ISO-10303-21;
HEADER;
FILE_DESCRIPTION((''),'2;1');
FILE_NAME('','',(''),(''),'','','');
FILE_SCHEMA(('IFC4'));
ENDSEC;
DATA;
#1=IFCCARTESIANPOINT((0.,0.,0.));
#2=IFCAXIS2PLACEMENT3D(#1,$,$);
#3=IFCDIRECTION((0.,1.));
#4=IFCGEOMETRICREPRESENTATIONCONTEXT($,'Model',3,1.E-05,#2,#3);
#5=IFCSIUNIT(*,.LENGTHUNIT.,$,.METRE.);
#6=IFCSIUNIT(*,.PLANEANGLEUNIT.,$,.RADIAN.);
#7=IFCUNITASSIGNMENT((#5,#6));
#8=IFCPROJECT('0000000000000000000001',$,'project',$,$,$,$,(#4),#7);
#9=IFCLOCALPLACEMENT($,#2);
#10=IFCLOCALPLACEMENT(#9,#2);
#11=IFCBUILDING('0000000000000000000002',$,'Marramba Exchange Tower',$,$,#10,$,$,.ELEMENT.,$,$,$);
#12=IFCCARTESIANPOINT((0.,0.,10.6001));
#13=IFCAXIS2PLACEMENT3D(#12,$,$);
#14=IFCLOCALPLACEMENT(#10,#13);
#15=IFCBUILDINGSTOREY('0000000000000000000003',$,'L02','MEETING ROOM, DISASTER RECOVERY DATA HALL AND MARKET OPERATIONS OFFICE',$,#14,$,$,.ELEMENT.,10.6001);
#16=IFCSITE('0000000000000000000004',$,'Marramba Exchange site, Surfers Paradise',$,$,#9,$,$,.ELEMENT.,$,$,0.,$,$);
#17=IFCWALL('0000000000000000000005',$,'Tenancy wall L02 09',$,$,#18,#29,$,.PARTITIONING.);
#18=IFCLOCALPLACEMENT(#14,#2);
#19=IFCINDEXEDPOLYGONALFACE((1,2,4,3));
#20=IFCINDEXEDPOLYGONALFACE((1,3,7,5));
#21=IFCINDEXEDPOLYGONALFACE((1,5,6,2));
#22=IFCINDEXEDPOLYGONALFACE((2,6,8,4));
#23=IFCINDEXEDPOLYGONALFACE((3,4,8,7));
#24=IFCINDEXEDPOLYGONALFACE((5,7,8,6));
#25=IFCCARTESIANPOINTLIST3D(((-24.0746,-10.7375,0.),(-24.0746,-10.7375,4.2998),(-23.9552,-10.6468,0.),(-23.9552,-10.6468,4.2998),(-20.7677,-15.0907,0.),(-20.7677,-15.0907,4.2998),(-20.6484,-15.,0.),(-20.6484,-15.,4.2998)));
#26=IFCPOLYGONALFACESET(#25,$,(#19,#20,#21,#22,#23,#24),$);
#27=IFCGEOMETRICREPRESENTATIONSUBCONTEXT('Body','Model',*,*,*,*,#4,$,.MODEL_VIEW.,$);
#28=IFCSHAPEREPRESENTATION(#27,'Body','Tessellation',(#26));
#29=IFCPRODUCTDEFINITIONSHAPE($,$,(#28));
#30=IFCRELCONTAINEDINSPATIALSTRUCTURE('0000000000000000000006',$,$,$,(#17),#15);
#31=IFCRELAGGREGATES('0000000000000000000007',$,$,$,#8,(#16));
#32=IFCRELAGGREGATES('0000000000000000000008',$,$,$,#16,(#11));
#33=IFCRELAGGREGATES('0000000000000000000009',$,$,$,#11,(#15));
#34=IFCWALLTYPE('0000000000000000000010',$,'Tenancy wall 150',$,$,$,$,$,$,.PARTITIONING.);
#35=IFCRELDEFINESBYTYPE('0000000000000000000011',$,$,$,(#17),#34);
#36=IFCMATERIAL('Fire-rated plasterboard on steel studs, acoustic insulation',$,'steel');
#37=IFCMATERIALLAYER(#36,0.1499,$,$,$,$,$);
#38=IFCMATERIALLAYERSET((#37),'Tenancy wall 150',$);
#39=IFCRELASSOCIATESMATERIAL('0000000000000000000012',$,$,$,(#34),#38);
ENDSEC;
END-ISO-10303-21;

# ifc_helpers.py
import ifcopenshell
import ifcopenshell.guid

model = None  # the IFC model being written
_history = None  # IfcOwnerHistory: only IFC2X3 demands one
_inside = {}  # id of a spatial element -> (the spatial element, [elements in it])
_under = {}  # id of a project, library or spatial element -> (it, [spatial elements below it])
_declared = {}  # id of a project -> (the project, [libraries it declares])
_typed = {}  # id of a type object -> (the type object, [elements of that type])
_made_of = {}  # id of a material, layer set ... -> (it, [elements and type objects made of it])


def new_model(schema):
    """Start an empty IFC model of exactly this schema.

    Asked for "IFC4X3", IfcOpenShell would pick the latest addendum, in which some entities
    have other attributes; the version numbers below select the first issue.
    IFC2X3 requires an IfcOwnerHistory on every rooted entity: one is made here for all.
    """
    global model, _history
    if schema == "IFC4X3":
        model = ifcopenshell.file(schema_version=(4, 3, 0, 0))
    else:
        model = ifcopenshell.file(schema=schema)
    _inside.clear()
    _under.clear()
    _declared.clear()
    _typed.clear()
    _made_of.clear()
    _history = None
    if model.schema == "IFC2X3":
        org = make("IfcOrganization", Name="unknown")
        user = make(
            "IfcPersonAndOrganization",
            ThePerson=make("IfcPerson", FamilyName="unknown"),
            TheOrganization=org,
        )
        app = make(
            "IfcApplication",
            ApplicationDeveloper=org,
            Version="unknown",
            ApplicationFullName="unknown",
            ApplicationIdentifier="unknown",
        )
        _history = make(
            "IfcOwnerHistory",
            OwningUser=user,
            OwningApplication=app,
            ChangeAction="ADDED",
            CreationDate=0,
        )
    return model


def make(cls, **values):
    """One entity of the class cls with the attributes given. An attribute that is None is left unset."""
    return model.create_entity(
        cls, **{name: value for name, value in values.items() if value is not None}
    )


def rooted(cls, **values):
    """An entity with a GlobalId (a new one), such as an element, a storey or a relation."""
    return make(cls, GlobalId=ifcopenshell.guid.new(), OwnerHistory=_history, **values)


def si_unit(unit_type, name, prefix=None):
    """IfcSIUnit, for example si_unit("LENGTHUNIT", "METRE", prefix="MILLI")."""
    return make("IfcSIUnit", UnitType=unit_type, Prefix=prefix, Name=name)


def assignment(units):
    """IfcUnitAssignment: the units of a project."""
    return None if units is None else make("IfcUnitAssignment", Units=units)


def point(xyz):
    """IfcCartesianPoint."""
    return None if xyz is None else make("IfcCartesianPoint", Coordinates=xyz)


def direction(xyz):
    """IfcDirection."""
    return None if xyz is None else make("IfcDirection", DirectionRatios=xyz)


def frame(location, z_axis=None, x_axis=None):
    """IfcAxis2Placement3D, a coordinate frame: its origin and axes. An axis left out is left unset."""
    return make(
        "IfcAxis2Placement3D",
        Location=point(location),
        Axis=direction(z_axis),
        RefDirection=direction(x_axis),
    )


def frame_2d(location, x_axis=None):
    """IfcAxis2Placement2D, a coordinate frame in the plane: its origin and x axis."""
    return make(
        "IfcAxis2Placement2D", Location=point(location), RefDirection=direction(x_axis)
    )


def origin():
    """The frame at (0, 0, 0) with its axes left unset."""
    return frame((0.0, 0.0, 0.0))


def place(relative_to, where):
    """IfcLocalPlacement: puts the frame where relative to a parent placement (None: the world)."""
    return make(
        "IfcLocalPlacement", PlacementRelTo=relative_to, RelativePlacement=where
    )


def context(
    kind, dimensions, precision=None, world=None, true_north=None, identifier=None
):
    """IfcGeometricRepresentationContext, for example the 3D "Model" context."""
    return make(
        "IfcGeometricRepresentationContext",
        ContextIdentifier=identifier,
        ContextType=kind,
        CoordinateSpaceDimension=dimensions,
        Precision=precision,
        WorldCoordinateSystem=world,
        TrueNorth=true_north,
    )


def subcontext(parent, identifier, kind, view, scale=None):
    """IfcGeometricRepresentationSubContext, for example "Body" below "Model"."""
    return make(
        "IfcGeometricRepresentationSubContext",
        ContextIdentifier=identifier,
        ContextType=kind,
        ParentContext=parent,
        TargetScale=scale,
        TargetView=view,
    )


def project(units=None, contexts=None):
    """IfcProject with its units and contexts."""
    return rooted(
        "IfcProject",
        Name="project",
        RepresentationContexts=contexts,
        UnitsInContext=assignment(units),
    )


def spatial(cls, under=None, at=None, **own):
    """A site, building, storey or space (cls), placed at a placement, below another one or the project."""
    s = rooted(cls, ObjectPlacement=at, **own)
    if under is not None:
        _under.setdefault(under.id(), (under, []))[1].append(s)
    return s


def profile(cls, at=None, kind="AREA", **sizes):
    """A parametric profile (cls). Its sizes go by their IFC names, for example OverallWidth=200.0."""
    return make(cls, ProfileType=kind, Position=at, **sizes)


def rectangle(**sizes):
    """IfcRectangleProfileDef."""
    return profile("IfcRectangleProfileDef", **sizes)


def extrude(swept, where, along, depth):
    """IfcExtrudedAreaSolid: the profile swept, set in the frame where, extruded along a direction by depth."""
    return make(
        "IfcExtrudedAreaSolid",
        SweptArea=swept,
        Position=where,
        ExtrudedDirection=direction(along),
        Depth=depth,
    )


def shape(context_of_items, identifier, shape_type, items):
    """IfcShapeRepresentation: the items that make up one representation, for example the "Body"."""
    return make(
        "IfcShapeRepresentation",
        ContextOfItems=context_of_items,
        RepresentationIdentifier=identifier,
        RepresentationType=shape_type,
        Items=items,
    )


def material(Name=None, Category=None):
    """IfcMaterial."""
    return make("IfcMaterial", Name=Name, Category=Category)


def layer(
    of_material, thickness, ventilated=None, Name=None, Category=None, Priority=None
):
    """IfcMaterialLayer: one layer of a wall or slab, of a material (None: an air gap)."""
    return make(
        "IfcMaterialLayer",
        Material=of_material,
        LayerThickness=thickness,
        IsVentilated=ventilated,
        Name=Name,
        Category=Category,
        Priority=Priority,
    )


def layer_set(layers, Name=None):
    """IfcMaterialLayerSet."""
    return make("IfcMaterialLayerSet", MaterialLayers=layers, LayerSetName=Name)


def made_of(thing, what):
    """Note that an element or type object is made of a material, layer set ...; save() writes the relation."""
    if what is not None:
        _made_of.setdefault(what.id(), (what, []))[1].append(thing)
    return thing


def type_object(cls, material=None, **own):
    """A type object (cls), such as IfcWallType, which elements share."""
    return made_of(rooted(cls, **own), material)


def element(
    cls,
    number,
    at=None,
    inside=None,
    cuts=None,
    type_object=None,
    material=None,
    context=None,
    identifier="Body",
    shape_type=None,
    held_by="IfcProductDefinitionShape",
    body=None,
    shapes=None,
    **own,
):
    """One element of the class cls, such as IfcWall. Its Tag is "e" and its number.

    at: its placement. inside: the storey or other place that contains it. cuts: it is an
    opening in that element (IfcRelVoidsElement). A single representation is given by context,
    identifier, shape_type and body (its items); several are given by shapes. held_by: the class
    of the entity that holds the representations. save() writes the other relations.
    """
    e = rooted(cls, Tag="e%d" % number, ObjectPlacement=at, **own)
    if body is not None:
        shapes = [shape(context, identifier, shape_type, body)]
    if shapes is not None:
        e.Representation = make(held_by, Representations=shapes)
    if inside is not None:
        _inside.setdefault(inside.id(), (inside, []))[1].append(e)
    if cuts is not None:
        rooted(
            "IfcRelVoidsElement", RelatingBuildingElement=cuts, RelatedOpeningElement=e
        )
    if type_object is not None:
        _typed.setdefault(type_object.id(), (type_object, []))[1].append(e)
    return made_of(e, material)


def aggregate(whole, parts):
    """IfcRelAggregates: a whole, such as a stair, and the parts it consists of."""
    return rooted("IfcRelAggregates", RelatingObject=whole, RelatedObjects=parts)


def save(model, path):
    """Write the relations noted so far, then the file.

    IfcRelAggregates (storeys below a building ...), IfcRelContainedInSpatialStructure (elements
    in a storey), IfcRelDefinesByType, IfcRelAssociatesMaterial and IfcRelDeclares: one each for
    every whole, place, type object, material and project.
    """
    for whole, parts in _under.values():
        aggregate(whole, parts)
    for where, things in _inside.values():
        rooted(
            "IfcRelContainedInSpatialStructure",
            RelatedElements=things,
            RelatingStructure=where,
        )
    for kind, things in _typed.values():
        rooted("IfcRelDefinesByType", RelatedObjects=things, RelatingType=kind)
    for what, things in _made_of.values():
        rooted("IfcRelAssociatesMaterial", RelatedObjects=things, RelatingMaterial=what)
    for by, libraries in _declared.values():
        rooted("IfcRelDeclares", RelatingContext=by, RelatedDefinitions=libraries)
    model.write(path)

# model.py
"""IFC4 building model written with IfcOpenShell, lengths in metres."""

from ifc_helpers import new_model, si_unit, direction, frame, frame_2d, origin, place, context, subcontext, project, spatial, rectangle, extrude, material, layer, layer_set, type_object, element, save


model = new_model("IFC4")

# Units and contexts
model_context = context("Model", 3, precision=1e-05, world=origin(), true_north=direction((0.0, 1.0)))
body_context = subcontext(model_context, "Body", "Model", "MODEL_VIEW")
ifc_project = project(units=[si_unit("LENGTHUNIT", "METRE"), si_unit("PLANEANGLEUNIT", "RADIAN")], contexts=[model_context])

# Site, building, storey
site_placement = place(None, origin())
site = spatial("IfcSite", under=ifc_project, at=site_placement, Name="Marramba Exchange site, Surfers Paradise", CompositionType="ELEMENT", RefElevation=0.0)
building_placement = place(site_placement, origin())
building = spatial("IfcBuilding", under=site, at=building_placement, Name="Marramba Exchange Tower", CompositionType="ELEMENT")
storey_placement = place(building_placement, frame((0.0, 0.0, 10.6001)))
storey = spatial("IfcBuildingStorey", under=building, at=storey_placement, Name="L02", Description="MEETING ROOM, DISASTER RECOVERY DATA HALL AND MARKET OPERATIONS OFFICE", CompositionType="ELEMENT", Elevation=10.6001)

# Wall
ifc_material_1 = material(Name="Fire-rated plasterboard on steel studs, acoustic insulation", Category="steel")
ifc_layer_1 = layer(ifc_material_1, 0.1499)
ifc_layer_set_1 = layer_set([ifc_layer_1], Name="Tenancy wall 150")
wall_type_1 = type_object("IfcWallType", Name="Tenancy wall 150", PredefinedType="PARTITIONING", material=ifc_layer_set_1)
wall_1_placement = place(storey_placement, frame((-24.0149, -10.6921, 0.0), z_axis=(0.0, 0.0, 1.0), x_axis=(0.604898, -0.796303, 0.0)))
element("IfcWall", 1, at=wall_1_placement, inside=storey, type_object=wall_type_1, Name="Tenancy wall L02 09", PredefinedType="PARTITIONING", context=body_context, shape_type="SweptSolid", body=[
    extrude(rectangle(XDim=5.4668, YDim=0.1499, at=frame_2d((2.7334, 0.0))), origin(), (0.0, 0.0, 1.0), 4.2998),
])

save(model, "model.ifc")
